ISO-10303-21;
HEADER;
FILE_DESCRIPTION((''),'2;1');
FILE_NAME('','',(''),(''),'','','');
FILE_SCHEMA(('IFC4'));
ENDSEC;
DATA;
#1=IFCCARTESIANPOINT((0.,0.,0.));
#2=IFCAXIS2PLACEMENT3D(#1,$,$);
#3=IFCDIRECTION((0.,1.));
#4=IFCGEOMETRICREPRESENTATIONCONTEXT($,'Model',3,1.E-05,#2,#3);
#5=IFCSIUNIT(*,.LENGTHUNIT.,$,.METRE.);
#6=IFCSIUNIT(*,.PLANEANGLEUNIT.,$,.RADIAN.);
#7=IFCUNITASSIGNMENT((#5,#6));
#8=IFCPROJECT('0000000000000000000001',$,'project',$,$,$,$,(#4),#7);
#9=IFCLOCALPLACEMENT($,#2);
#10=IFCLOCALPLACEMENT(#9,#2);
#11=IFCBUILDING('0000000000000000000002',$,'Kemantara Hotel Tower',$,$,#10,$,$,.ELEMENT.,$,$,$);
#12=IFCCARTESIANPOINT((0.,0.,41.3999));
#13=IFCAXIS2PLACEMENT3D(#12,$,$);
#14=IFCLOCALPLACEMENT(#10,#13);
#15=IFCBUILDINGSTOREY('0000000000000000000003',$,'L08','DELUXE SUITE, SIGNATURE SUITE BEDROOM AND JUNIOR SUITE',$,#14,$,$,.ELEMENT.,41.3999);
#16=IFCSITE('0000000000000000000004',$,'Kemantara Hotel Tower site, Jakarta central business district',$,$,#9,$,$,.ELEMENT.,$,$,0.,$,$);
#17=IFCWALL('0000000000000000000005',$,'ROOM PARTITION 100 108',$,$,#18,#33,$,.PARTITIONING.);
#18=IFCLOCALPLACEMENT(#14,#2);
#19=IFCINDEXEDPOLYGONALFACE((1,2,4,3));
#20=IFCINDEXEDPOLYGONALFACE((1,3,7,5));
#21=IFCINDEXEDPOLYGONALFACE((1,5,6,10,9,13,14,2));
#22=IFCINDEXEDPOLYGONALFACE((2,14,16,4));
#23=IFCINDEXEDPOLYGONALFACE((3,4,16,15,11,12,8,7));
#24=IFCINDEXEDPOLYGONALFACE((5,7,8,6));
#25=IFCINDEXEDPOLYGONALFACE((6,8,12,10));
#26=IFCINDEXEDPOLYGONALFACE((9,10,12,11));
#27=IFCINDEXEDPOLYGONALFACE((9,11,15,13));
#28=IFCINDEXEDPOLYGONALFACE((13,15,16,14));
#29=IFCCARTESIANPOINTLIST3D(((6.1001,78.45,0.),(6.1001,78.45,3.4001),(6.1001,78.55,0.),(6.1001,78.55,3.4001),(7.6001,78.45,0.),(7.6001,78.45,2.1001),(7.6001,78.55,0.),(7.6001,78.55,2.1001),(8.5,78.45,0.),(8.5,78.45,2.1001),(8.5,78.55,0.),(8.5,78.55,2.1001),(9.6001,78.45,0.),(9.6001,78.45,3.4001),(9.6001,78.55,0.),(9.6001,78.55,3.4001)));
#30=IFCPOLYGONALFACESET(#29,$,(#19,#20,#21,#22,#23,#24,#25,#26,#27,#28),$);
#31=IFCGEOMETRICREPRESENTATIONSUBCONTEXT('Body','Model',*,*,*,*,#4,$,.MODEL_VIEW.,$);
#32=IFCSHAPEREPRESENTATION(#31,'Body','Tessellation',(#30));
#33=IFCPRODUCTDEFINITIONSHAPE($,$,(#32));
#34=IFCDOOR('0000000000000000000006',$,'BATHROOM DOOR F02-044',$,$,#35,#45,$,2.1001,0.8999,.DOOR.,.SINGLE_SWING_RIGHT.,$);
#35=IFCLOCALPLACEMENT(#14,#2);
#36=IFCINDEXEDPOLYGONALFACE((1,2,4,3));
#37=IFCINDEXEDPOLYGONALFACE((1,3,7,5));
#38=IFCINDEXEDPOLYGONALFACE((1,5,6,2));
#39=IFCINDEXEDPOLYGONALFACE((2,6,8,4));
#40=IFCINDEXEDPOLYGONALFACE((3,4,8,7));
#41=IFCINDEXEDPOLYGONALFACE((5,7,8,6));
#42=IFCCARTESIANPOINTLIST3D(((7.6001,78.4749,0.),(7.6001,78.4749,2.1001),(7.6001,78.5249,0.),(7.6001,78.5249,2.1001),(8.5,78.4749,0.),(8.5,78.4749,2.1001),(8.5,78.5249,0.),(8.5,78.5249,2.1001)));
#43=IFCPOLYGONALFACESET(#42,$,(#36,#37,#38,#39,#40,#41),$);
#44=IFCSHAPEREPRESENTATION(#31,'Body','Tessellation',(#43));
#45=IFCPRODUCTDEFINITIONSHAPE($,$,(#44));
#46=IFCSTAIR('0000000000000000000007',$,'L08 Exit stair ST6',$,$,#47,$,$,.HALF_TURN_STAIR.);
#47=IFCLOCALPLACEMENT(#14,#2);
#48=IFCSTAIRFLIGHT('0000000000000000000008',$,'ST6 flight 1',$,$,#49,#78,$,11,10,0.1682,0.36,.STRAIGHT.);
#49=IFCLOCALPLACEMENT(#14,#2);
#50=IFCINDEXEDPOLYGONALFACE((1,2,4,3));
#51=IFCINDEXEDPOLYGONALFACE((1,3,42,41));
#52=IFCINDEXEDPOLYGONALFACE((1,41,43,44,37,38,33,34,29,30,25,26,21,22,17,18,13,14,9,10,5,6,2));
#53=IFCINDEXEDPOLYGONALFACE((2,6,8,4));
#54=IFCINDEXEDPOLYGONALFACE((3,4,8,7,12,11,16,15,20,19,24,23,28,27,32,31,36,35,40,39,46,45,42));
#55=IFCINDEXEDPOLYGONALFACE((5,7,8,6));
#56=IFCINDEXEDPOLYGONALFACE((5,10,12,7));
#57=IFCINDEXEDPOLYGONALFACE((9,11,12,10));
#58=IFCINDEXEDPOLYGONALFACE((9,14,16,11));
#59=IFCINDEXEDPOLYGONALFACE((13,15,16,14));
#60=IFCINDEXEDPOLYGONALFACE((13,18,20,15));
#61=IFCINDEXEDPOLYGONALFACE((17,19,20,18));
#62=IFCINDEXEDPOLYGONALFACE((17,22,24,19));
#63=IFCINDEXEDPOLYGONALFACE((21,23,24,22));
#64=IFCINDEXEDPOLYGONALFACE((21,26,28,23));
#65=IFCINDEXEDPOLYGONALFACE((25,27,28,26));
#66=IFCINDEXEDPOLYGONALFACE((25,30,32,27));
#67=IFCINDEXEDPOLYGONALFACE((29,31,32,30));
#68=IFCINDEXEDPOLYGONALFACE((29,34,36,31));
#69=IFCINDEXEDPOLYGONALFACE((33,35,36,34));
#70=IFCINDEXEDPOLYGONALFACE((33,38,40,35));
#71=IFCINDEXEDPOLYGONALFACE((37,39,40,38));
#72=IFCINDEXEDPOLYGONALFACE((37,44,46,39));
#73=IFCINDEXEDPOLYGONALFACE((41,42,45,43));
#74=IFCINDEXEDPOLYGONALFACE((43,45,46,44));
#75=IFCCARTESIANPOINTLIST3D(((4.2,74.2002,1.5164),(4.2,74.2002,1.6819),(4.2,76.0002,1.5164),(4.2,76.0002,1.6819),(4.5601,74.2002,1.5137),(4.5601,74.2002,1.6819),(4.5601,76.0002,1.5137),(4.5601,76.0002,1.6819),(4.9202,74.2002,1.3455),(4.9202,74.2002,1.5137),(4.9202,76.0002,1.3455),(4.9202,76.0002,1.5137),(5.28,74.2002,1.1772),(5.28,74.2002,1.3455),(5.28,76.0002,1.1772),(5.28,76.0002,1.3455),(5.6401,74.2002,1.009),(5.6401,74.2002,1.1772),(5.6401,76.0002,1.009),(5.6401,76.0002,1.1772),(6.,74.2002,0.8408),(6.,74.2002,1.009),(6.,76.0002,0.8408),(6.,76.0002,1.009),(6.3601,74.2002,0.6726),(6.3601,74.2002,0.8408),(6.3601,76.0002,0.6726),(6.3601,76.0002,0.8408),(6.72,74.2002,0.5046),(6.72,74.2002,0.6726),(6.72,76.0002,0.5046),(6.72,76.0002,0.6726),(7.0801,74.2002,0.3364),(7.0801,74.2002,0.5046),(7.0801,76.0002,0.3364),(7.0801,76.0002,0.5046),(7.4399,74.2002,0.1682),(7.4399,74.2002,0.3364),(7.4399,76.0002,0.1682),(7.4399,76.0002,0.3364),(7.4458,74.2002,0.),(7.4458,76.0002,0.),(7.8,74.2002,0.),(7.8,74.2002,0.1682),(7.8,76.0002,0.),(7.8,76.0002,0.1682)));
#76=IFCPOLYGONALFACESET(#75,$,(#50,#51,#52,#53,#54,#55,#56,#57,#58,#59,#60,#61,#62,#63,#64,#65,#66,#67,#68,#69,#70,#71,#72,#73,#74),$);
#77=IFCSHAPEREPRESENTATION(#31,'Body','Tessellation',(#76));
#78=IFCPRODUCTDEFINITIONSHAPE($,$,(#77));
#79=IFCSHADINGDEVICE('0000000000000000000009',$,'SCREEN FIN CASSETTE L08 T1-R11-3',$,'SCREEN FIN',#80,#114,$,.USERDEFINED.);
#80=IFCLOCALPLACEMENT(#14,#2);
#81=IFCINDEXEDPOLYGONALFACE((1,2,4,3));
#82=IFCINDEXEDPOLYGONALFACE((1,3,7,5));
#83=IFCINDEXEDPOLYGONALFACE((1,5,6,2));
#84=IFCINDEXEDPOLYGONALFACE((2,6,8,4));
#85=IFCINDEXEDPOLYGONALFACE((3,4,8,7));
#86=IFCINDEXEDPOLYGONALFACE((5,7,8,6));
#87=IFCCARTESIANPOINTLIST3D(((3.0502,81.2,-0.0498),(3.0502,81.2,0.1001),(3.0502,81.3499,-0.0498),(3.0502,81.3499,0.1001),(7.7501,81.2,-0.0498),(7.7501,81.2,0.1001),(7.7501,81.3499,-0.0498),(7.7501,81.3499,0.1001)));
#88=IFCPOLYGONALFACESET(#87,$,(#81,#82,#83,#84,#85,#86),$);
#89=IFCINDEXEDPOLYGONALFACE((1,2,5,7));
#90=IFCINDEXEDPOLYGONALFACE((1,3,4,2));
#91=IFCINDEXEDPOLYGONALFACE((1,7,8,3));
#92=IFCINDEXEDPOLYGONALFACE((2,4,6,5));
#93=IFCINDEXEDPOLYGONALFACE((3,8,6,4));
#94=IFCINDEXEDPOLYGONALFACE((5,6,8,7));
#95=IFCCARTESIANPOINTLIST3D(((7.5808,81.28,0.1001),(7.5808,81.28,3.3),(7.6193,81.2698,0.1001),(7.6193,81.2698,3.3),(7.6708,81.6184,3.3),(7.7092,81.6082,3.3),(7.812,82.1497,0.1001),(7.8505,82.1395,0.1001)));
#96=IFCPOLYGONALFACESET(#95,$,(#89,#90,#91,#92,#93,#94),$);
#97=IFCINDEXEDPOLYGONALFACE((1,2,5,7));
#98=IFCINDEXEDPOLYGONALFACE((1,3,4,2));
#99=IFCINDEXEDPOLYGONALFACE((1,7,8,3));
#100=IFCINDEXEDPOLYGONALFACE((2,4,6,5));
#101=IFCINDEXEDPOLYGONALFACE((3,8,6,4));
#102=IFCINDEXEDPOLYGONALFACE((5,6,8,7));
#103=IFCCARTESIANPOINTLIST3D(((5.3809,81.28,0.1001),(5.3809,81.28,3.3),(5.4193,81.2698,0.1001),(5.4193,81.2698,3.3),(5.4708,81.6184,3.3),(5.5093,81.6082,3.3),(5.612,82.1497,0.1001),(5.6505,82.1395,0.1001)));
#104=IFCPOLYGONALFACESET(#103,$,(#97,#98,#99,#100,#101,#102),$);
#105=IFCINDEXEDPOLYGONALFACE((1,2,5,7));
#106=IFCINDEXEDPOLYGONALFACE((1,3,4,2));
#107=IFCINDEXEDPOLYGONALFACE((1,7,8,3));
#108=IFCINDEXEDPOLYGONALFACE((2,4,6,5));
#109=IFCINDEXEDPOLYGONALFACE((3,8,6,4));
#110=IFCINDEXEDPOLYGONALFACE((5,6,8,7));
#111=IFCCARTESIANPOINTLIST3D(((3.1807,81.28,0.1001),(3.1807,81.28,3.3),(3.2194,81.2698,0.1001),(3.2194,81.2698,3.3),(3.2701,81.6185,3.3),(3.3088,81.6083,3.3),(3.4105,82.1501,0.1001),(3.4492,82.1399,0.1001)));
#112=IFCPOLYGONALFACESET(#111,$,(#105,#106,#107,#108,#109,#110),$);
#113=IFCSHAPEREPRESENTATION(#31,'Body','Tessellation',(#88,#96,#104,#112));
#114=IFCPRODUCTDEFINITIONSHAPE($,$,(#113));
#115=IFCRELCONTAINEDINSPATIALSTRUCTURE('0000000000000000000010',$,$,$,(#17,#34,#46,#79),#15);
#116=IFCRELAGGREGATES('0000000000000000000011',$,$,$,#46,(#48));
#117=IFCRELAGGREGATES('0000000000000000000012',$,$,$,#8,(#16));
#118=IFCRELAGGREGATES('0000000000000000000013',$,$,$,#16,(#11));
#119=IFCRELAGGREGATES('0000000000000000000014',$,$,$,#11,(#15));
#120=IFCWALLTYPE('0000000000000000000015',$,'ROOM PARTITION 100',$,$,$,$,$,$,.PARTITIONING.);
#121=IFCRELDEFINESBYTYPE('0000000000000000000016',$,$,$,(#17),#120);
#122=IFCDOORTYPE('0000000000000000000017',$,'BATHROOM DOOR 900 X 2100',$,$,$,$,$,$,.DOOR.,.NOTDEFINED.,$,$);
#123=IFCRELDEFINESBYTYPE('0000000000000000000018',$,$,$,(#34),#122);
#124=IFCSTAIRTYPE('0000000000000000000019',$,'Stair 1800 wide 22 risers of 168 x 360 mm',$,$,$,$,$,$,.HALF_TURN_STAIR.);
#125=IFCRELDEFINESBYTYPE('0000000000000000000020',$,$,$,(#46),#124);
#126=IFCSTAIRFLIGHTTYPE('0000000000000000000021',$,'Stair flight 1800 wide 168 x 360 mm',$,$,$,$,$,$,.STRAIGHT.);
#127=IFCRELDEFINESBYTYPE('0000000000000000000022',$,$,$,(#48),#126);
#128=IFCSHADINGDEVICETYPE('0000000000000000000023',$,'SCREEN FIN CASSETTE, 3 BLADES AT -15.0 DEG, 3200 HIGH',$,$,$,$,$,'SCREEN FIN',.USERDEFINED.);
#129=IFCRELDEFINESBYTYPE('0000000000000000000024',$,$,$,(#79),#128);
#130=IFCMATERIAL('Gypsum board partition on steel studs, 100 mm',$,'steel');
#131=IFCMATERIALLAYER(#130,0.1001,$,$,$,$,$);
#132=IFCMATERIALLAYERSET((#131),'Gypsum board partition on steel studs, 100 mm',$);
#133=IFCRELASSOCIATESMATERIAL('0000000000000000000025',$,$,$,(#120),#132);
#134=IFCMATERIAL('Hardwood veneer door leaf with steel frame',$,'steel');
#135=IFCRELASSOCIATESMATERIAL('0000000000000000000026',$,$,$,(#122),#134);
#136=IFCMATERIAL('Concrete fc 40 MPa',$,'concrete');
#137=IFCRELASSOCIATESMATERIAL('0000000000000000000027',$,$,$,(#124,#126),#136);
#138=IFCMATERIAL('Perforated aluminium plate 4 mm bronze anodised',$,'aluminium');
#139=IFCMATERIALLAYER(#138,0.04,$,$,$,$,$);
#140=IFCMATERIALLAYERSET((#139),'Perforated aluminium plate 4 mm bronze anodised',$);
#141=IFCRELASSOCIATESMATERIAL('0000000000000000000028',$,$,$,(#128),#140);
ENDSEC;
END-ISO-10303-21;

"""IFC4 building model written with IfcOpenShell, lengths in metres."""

from ifc_helpers import new_model, si_unit, direction, frame, frame_2d, origin, origin_2d, place, context, subcontext, project, spatial, polyline, rectangle, outline, extrude, source, transform, mapped, material, layer, layer_set, type_object, element, fill, aggregate, save


model = new_model("IFC4")

# Units and contexts
model_context = context("Model", 3, precision=1e-05, world=origin(), true_north=direction((0.0, 1.0)))
body_context = subcontext(model_context, "Body", "Model", "MODEL_VIEW")
ifc_project = project(units=[si_unit("LENGTHUNIT", "METRE"), si_unit("PLANEANGLEUNIT", "RADIAN")], contexts=[model_context])

# Site, building, storey
site_placement = place(None, origin())
site = spatial("IfcSite", under=ifc_project, at=site_placement, Name="Kemantara Hotel Tower site, Jakarta central business district", CompositionType="ELEMENT", RefElevation=0.0)
building_placement = place(site_placement, origin())
building = spatial("IfcBuilding", under=site, at=building_placement, Name="Kemantara Hotel Tower", CompositionType="ELEMENT")
storey_placement = place(building_placement, frame((0.0, 0.0, 41.3999)))
storey = spatial("IfcBuildingStorey", under=building, at=storey_placement, Name="L08", Description="DELUXE SUITE, SIGNATURE SUITE BEDROOM AND JUNIOR SUITE", CompositionType="ELEMENT", Elevation=41.3999)

# Wall, opening, door
ifc_material_1 = material(Name="Hardwood veneer door leaf with steel frame", Category="steel")
ifc_material_2 = material(Name="Concrete fc 40 MPa", Category="concrete")
ifc_material_3 = material(Name="Gypsum board partition on steel studs, 100 mm", Category="steel")
ifc_layer_1 = layer(ifc_material_3, 0.1001)
ifc_layer_set_1 = layer_set([ifc_layer_1], Name="Gypsum board partition on steel studs, 100 mm")
wall_type_1 = type_object("IfcWallType", Name="ROOM PARTITION 100", PredefinedType="PARTITIONING", material=ifc_layer_set_1)
wall_1_placement = place(storey_placement, frame((6.1001, 78.5, 0.0), z_axis=(0.0, 0.0, 1.0), x_axis=(1.0, 0.0, 0.0)))
wall_1 = element("IfcWall", 1, at=wall_1_placement, inside=storey, type_object=wall_type_1, Name="ROOM PARTITION 100 108", PredefinedType="PARTITIONING", context=body_context, shape_type="SweptSolid", body=[
    extrude(rectangle(XDim=3.5, YDim=0.1001, at=frame_2d((1.75, 0.0))), origin(), (0.0, 0.0, 1.0), 3.4001),
])
opening_1_placement = place(wall_1_placement, frame((1.5, 0.0, 0.0)))
opening_1 = element("IfcOpeningElement", 2, at=opening_1_placement, cuts=wall_1, PredefinedType="OPENING", context=body_context, shape_type="SweptSolid", body=[
    extrude(rectangle(XDim=0.8999, YDim=2.1001, at=frame_2d((0.45, 1.05))), frame((0.0, 0.0601, 0.0), z_axis=(0.0, -1.0, 0.0), x_axis=(1.0, 0.0, 0.0)), (0.0, 0.0, 1.0), 0.1201),
])
door_type_1 = type_object("IfcDoorType", Name="BATHROOM DOOR 900 X 2100", OperationType="NOTDEFINED", PredefinedType="DOOR", material=ifc_material_1)
door_1_placement = place(opening_1_placement, origin())
door_1 = element("IfcDoor", 3, at=door_1_placement, inside=storey, type_object=door_type_1, Name="BATHROOM DOOR F02-044", OperationType="SINGLE_SWING_RIGHT", OverallHeight=2.1001, OverallWidth=0.8999, PredefinedType="DOOR", context=body_context, shape_type="SweptSolid", body=[
    extrude(rectangle(XDim=0.8999, YDim=2.1001, at=frame_2d((0.45, 1.05))), frame((0.0, 0.0249, 0.0), z_axis=(0.0, -1.0, 0.0), x_axis=(1.0, 0.0, 0.0)), (0.0, 0.0, 1.0), 0.05),
])
fill(opening_1, door_1)

# Stair, stair flight
stair_type = type_object("IfcStairType", Name="Stair 1800 wide 22 risers of 168 x 360 mm", PredefinedType="HALF_TURN_STAIR", material=ifc_material_2)
stair_placement = place(storey_placement, origin())
stair = element("IfcStair", 4, at=stair_placement, inside=storey, type_object=stair_type, Name="L08 Exit stair ST6", PredefinedType="HALF_TURN_STAIR")
stair_flight_type = type_object("IfcStairFlightType", Name="Stair flight 1800 wide 168 x 360 mm", PredefinedType="STRAIGHT", material=ifc_material_2)
stair_flight_placement = place(storey_placement, frame((7.8, 75.1001, 0.0), z_axis=(0.0, 0.0, 1.0), x_axis=(-1.0, 0.0, 0.0)))
stair_flight = element("IfcStairFlight", 5, at=stair_flight_placement, type_object=stair_flight_type, Name="ST6 flight 1", NumberOfRisers=11, NumberOfTreads=10, PredefinedType="STRAIGHT", RiserHeight=0.1682, TreadLength=0.36, context=body_context, shape_type="SweptSolid", body=[
    extrude(outline(polyline([(0.0, 0.0), (0.0, 0.1682), (0.3601, 0.1682), (0.3601, 0.3364), (0.72, 0.3364), (0.72, 0.5046), (1.0801, 0.5046), (1.0801, 0.6726), (1.4399, 0.6726), (1.4399, 0.8408), (1.8, 0.8408), (1.8, 1.009), (2.1599, 1.009), (2.1599, 1.1772), (2.52, 1.1772), (2.52, 1.3455), (2.8799, 1.3455), (2.8799, 1.5137), (3.24, 1.5137), (3.24, 1.6819), (3.6001, 1.6819), (3.6001, 1.8501), (3.6001, 1.5164), (0.3542, 0.0), (0.0, 0.0)])), frame((0.0, 0.8999, 0.0), z_axis=(0.0, -1.0, 0.0), x_axis=(1.0, 0.0, 0.0)), (0.0, 0.0, 1.0), 1.8),
])
aggregate(stair, [stair_flight])

# Shading device
ifc_material_4 = material(Name="Perforated aluminium plate 4 mm bronze anodised", Category="aluminium")
ifc_layer_2 = layer(ifc_material_4, 0.04)
ifc_layer_set_2 = layer_set([ifc_layer_2], Name="Perforated aluminium plate 4 mm bronze anodised")
shading_device_type = type_object("IfcShadingDeviceType", Name="SCREEN FIN CASSETTE, 3 BLADES AT -15.0 DEG, 3200 HIGH", ElementType="SCREEN FIN", PredefinedType="USERDEFINED", material=ifc_layer_set_2)
shared_shape_1 = source(origin(), body_context, "Body", "SweptSolid", [
    extrude(rectangle(XDim=4.7, YDim=0.1499, at=origin_2d()), frame((2.2, -0.075, -0.1499), z_axis=(0.0, 0.0, 1.0), x_axis=(1.0, 0.0, 0.0)), (0.0, 0.0, 1.0), 0.1499),
    extrude(outline(polyline([(0.0, 0.0), (0.8999, 0.0), (0.3501, 3.2), (0.0, 3.2), (0.0, 0.0)])), frame((0.0193, -0.0801, 0.0), z_axis=(-0.966438, 0.256901, 0.0), x_axis=(-0.256901, -0.966438, 0.0)), (0.0, 0.0, 1.0), 0.0398),
    extrude(outline(polyline([(0.0, 0.0), (0.8999, 0.0), (0.3501, 3.2), (0.0, 3.2), (0.0, 0.0)])), frame((2.2192, -0.0801, 0.0), z_axis=(-0.966438, 0.256901, 0.0), x_axis=(-0.256901, -0.966438, 0.0)), (0.0, 0.0, 1.0), 0.0398),
    extrude(outline(polyline([(0.0, 0.0), (0.8999, 0.0), (0.3501, 3.2), (0.0, 3.2), (0.0, 0.0)])), frame((4.4194, -0.0801, 0.0), z_axis=(-0.966838, 0.255391, 0.0), x_axis=(-0.255391, -0.966838, 0.0)), (0.0, 0.0, 1.0), 0.04),
])
shading_device_placement = place(storey_placement, frame((7.6001, 81.2, 0.1001), z_axis=(0.0, 0.0, 1.0), x_axis=(-1.0, 0.0, 0.0)))
element("IfcShadingDevice", 6, at=shading_device_placement, inside=storey, type_object=shading_device_type, Name="SCREEN FIN CASSETTE L08 T1-R11-3", ObjectType="SCREEN FIN", PredefinedType="USERDEFINED", context=body_context, shape_type="MappedRepresentation", body=[
    mapped(shared_shape_1, transform((0.0, 0.0, 0.0))),
])

save(model, "model.ifc")
